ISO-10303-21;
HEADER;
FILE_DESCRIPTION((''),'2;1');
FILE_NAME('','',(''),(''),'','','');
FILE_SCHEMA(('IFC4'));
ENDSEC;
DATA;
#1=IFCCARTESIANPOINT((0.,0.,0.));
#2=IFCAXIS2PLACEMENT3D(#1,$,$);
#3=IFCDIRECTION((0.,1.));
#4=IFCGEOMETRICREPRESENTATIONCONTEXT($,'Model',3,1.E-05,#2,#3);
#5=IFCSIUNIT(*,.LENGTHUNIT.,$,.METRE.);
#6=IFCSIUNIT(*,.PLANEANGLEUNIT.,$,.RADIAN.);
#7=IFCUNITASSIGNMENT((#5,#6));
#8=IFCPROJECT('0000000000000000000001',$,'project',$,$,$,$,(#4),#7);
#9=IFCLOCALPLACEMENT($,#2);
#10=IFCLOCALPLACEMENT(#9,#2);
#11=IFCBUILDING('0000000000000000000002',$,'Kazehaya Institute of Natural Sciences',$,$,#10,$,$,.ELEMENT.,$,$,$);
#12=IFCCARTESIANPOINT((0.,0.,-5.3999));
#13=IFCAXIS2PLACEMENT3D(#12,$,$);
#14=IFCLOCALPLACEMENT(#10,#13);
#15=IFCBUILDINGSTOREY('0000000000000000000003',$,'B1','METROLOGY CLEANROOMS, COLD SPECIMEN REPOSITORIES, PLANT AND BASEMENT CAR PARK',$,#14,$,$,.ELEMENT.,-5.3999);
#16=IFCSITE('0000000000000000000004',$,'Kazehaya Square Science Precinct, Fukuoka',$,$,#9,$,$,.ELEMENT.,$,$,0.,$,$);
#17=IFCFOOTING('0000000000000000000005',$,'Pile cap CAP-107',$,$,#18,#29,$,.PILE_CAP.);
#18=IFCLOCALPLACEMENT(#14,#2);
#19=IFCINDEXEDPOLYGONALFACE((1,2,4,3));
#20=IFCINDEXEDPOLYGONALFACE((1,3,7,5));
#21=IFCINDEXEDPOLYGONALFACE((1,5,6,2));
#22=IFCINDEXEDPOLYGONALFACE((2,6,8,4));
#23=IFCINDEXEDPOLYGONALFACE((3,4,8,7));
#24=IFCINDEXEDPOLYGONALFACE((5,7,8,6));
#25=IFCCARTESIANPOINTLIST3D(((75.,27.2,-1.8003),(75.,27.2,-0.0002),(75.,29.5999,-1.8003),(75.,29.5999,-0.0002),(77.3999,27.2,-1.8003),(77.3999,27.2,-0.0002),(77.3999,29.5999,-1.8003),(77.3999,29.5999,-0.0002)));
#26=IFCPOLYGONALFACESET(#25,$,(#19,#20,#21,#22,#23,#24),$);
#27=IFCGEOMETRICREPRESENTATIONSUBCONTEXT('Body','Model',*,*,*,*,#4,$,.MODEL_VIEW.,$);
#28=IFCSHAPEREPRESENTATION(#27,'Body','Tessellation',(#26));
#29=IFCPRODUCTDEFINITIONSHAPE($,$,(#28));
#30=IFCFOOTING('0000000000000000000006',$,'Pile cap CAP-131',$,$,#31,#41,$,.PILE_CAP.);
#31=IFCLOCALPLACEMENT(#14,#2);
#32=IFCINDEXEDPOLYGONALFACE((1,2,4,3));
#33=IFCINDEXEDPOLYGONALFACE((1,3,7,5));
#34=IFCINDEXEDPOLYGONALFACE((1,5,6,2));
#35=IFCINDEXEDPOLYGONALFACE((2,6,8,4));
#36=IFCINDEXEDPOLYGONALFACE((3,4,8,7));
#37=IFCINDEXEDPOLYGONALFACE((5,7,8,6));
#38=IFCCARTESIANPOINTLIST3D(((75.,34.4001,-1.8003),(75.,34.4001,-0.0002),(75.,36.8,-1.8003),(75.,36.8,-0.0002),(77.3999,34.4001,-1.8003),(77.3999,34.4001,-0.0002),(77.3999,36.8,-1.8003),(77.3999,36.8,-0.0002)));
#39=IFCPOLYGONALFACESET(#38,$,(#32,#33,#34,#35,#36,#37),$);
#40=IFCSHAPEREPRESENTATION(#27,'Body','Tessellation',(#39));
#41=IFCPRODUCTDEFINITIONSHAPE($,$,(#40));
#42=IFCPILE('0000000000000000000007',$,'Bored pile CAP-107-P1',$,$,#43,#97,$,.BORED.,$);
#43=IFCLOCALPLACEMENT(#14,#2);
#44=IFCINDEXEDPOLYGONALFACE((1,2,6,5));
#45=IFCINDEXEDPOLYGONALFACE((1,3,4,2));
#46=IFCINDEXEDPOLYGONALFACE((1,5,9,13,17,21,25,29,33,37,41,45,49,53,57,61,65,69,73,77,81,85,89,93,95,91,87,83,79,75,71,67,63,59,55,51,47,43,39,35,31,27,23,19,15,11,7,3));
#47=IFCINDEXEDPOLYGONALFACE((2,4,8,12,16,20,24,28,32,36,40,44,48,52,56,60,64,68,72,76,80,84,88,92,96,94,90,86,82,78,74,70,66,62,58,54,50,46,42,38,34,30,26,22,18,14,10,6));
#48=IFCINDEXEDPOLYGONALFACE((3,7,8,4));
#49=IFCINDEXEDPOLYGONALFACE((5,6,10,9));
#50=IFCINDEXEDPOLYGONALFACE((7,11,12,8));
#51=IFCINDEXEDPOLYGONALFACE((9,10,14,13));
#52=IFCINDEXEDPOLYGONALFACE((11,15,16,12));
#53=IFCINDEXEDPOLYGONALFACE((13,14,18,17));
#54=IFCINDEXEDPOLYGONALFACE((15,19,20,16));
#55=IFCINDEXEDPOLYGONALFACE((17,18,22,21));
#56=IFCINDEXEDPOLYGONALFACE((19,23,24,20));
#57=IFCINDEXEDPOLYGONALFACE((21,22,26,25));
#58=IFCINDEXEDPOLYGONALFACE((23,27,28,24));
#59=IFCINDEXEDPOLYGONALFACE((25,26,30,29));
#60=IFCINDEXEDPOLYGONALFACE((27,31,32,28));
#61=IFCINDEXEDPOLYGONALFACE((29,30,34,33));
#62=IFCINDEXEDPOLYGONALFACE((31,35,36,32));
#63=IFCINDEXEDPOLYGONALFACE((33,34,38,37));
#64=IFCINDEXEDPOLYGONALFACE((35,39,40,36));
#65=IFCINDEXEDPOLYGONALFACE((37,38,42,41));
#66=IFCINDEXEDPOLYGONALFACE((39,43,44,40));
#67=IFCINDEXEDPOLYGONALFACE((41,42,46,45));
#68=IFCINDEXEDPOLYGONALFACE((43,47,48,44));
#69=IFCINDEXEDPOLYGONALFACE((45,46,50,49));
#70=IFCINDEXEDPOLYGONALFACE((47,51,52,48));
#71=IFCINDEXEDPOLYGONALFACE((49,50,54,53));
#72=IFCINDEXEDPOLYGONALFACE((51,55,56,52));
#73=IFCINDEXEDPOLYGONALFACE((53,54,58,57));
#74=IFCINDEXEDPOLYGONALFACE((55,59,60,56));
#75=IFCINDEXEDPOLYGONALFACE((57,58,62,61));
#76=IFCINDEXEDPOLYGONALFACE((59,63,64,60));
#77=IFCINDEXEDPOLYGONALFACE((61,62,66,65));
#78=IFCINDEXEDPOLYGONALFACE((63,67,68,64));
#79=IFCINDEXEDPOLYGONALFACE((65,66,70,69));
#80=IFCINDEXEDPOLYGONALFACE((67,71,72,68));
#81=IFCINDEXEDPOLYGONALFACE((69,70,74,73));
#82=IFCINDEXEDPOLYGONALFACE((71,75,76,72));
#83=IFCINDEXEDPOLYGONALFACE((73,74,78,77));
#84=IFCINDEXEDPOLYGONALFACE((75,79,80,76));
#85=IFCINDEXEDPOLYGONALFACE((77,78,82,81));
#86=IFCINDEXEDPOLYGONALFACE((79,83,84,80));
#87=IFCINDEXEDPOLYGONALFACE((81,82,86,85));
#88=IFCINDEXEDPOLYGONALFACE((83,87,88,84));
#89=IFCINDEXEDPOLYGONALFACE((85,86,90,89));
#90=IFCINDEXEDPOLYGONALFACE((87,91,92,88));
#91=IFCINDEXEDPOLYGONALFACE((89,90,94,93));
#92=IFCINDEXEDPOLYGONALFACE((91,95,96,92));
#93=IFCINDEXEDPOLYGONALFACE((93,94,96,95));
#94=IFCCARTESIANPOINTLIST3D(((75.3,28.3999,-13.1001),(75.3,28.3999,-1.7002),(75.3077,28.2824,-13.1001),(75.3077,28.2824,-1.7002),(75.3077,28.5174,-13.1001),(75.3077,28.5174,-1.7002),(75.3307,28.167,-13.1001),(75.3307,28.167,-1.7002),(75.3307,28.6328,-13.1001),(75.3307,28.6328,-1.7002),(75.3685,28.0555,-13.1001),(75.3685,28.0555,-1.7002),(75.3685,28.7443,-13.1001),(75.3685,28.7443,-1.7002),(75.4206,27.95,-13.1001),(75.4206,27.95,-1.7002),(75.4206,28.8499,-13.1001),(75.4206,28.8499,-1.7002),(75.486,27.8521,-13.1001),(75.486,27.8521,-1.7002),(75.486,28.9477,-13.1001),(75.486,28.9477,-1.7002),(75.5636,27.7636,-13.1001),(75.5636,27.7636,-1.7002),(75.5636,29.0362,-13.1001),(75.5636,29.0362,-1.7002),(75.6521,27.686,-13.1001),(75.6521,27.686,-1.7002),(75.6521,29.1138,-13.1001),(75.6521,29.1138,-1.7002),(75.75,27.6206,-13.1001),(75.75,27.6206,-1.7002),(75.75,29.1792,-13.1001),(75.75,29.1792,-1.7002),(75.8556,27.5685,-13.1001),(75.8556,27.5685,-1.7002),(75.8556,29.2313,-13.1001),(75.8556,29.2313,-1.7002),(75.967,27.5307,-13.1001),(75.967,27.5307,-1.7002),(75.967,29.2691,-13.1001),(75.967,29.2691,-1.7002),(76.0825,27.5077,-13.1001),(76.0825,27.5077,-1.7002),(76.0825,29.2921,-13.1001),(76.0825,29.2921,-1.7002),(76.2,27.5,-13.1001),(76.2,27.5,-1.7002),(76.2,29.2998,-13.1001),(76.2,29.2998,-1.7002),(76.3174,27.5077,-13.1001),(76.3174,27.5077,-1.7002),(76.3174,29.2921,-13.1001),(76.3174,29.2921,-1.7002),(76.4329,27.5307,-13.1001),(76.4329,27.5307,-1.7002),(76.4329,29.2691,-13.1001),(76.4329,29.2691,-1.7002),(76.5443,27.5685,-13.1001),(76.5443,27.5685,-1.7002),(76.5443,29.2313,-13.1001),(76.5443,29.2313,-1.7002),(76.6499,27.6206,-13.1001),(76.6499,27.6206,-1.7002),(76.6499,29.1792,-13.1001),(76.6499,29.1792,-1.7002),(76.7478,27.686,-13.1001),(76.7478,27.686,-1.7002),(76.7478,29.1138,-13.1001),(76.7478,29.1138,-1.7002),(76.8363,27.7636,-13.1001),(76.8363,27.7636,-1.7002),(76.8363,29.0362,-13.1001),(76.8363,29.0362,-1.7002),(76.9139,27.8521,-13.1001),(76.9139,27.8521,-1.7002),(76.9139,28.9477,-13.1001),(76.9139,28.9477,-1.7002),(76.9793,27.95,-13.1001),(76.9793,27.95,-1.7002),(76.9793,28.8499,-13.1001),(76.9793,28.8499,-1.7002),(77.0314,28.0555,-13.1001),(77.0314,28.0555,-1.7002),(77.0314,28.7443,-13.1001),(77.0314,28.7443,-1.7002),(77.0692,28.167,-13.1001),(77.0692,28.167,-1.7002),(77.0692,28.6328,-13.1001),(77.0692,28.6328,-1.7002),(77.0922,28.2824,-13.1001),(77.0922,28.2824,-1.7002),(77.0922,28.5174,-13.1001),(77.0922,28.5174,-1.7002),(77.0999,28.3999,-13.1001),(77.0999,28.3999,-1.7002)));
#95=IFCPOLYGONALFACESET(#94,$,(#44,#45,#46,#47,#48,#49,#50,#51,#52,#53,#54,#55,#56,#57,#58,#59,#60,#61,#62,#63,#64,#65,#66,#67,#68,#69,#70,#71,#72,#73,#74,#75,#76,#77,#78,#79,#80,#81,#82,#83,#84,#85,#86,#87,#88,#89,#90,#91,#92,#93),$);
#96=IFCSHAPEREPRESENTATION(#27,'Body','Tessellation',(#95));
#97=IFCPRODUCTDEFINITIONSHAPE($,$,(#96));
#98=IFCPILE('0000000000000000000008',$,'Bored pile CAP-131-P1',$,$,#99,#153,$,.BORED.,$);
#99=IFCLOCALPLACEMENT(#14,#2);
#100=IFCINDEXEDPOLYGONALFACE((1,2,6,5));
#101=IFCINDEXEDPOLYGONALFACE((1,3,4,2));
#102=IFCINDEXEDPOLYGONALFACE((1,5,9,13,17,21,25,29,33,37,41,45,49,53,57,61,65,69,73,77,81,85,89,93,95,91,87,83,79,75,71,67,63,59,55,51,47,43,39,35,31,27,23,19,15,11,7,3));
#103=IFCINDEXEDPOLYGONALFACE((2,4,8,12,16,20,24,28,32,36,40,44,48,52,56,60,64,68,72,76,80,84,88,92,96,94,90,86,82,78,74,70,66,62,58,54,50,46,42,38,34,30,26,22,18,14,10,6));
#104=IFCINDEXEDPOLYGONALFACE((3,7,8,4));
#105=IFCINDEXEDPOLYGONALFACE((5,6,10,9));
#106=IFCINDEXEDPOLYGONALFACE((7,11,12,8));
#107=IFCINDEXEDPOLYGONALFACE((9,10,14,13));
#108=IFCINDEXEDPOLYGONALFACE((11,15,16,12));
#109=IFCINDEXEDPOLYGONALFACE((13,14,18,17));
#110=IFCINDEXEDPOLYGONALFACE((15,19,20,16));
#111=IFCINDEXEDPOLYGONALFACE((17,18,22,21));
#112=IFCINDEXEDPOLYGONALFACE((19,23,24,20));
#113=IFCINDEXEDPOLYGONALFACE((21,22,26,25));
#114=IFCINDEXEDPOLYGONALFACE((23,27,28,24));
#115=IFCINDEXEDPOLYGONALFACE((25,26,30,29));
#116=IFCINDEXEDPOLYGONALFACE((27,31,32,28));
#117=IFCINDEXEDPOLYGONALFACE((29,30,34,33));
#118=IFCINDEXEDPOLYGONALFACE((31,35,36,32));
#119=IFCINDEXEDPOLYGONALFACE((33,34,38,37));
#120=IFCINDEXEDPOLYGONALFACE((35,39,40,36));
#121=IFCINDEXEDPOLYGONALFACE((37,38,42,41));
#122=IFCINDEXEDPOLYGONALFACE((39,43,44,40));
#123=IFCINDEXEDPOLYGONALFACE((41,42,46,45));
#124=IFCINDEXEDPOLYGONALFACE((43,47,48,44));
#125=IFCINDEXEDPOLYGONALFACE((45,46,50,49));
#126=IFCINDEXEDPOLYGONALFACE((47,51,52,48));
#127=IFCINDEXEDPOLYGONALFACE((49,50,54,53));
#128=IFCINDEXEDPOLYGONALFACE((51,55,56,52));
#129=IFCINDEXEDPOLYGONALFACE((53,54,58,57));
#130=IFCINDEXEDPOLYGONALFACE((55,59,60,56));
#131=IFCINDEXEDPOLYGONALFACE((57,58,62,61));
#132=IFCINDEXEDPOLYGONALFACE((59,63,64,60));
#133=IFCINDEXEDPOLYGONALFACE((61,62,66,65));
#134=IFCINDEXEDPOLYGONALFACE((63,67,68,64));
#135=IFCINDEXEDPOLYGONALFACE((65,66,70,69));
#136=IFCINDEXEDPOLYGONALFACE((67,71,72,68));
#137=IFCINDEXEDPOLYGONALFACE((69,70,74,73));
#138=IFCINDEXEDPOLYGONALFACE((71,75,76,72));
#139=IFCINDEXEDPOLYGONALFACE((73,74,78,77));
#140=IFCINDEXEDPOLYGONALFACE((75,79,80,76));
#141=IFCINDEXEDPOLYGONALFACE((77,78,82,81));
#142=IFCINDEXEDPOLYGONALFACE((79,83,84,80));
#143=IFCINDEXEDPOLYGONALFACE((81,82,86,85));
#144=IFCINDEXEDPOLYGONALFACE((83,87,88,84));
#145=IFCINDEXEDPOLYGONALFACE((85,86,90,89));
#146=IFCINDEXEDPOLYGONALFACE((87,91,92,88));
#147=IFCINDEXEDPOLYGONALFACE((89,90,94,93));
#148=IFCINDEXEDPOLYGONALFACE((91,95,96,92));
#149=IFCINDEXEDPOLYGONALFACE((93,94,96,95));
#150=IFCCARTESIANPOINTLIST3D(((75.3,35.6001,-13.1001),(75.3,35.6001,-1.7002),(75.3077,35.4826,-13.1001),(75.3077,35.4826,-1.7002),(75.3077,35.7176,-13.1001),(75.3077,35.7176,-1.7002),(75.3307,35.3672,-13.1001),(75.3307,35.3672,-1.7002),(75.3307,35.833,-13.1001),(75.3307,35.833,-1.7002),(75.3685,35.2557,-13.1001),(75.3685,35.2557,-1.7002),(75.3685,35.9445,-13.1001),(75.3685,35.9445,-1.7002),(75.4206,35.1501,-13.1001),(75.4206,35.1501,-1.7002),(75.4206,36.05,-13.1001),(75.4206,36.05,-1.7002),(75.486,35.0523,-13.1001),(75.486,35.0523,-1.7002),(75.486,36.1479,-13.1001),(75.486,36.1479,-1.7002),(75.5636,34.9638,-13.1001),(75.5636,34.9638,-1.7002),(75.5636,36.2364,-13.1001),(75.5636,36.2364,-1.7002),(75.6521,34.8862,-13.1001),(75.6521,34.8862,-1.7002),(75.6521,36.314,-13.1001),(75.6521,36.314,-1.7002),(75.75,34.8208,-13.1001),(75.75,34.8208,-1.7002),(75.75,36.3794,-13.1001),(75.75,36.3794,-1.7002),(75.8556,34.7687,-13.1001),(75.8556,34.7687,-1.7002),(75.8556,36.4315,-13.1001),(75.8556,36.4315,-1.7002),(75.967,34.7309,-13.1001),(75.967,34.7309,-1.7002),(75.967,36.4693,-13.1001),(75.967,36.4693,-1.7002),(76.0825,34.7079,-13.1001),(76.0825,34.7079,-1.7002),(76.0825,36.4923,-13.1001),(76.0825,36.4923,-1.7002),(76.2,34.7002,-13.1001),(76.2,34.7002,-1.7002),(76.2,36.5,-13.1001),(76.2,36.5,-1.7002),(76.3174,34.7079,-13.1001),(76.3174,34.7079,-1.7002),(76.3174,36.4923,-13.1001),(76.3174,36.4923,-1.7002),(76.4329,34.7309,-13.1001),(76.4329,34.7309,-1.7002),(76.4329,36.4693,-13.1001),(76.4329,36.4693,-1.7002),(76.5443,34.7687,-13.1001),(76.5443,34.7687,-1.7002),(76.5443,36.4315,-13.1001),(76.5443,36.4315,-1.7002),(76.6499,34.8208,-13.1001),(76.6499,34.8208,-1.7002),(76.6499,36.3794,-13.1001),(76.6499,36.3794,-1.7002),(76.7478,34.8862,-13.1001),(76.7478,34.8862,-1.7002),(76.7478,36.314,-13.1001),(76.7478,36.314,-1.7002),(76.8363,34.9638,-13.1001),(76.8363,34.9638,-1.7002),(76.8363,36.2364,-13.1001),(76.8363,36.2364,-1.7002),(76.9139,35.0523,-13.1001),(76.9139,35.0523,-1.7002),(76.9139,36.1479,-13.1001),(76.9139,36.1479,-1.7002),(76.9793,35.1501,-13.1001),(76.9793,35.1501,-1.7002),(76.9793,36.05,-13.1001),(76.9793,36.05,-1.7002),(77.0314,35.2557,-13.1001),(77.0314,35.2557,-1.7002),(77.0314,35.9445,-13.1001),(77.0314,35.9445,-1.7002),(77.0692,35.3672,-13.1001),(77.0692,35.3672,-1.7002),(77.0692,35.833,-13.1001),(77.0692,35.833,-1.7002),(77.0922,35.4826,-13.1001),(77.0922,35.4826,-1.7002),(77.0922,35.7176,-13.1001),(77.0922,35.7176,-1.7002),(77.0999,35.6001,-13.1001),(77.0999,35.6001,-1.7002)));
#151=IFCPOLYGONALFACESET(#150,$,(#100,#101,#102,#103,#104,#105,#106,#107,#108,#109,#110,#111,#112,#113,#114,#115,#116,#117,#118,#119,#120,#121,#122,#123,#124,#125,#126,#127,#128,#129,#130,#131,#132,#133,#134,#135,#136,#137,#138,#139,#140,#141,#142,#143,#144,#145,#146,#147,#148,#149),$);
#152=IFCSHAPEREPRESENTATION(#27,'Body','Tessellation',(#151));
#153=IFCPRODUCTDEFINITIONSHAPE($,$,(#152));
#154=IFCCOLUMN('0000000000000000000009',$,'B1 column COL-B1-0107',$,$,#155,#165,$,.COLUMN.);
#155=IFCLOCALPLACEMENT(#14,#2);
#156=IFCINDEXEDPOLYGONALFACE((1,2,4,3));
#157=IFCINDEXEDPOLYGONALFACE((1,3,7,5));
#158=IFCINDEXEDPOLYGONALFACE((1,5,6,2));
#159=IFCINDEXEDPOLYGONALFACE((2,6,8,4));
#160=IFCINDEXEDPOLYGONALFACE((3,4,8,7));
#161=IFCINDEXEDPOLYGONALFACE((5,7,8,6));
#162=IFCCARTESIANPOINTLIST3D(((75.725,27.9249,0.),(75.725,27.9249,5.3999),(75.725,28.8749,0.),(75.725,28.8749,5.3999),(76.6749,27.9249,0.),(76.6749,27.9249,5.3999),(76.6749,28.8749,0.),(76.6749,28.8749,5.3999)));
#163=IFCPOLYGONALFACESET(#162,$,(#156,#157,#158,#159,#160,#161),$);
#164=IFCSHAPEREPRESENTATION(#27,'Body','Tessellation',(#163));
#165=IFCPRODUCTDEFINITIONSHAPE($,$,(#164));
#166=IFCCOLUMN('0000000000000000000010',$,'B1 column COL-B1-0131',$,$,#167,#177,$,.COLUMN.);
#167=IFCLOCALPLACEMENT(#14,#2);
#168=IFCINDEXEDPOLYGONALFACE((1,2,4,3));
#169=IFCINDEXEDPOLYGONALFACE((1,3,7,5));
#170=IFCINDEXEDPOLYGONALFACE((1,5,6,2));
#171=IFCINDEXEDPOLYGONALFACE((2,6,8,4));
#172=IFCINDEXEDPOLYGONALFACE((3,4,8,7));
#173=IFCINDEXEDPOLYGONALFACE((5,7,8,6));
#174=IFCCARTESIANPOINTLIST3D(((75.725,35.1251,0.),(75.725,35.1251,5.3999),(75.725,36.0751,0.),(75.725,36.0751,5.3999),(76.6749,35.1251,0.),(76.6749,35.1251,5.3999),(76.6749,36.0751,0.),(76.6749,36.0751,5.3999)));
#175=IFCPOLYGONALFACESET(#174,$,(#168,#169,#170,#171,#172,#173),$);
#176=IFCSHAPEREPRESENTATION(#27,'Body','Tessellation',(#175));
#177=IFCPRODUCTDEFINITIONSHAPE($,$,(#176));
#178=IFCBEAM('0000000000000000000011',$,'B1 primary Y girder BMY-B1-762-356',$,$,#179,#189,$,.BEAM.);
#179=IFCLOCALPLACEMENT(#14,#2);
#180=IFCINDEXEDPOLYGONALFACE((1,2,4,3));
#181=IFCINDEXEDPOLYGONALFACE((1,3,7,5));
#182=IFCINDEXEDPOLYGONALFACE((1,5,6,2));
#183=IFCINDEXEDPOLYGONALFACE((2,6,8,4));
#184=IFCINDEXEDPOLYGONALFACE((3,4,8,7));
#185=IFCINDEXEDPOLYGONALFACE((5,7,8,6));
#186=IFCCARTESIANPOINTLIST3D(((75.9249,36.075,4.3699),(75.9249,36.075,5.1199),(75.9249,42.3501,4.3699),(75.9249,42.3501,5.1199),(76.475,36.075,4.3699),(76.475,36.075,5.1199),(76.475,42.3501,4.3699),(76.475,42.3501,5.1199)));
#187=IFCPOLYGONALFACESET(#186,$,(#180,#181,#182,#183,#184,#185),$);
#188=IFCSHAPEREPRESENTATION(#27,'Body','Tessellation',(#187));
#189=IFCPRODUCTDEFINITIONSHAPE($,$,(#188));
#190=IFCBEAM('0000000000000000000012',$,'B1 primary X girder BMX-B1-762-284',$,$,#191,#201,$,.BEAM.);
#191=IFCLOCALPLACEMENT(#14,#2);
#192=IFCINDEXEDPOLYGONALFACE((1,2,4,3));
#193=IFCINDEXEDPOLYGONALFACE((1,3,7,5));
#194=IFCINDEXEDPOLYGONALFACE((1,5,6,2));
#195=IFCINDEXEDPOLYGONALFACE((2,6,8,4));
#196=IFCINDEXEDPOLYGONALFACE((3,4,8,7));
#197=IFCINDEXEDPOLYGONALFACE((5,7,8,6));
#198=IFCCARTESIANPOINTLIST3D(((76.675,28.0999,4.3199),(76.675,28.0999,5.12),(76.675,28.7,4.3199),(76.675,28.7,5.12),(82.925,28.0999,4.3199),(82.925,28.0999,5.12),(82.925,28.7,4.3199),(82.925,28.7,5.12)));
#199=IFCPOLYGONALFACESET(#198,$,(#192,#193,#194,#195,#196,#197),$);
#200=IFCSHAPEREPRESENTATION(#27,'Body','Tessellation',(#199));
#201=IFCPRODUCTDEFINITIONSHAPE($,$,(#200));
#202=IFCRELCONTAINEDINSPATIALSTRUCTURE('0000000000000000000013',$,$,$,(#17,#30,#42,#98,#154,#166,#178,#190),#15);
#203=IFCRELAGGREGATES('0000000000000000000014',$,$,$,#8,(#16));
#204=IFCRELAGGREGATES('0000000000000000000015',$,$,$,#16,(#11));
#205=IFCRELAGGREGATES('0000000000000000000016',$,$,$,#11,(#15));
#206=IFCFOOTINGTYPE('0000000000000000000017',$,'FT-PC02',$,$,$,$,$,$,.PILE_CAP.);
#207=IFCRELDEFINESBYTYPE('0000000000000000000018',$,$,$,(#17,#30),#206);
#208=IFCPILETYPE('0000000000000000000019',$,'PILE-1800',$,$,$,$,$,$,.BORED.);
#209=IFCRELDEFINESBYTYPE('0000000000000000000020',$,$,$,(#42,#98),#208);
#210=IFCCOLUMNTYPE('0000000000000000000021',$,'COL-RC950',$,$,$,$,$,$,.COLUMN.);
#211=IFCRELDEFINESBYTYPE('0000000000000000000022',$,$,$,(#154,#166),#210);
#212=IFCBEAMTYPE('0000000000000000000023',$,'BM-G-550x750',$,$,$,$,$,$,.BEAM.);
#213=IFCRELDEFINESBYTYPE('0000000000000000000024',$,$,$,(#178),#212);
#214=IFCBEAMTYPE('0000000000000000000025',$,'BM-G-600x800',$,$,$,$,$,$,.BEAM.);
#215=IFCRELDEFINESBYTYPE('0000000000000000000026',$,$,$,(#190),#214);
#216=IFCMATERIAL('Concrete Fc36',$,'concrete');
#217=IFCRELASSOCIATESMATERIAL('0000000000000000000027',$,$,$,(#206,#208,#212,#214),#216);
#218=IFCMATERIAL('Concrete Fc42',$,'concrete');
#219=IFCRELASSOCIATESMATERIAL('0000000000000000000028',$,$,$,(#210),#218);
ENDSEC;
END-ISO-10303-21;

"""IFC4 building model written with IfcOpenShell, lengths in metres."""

from ifc_helpers import new_model, si_unit, direction, frame, origin, origin_2d, place, context, subcontext, project, spatial, rectangle, circle, extrude, material, material_profile, profile_set, type_object, element, save


model = new_model("IFC4")

# Units and contexts
model_context = context("Model", 3, precision=1e-05, world=origin(), true_north=direction((0.0, 1.0)))
body_context = subcontext(model_context, "Body", "Model", "MODEL_VIEW")
ifc_project = project(units=[si_unit("LENGTHUNIT", "METRE"), si_unit("PLANEANGLEUNIT", "RADIAN")], contexts=[model_context])

# Site, building, storey
site_placement = place(None, origin())
site = spatial("IfcSite", under=ifc_project, at=site_placement, Name="Kazehaya Square Science Precinct, Fukuoka", CompositionType="ELEMENT", RefElevation=0.0)
building_placement = place(site_placement, origin())
building = spatial("IfcBuilding", under=site, at=building_placement, Name="Kazehaya Institute of Natural Sciences", CompositionType="ELEMENT")
storey_placement = place(building_placement, frame((0.0, 0.0, -5.3999)))
storey = spatial("IfcBuildingStorey", under=building, at=storey_placement, Name="B1", Description="METROLOGY CLEANROOMS, COLD SPECIMEN REPOSITORIES, PLANT AND BASEMENT CAR PARK", CompositionType="ELEMENT", Elevation=-5.3999)

# Footings
ifc_material_1 = material(Name="Concrete Fc36", Category="concrete")
footing_type = type_object("IfcFootingType", Name="FT-PC02", PredefinedType="PILE_CAP", material=ifc_material_1)
for number, where, z_axis, x_axis, name in (
    (1, (76.2, 28.3999, -1.8003), (0.0, 0.0, 1.0), (1.0, 0.0, 0.0), "Pile cap CAP-107"),
    (2, (76.2, 35.6001, -1.8003), (0.0, 0.0, 1.0), (1.0, 0.0, 0.0), "Pile cap CAP-131"),
):
    element("IfcFooting", number, at=place(storey_placement, frame(where, z_axis=z_axis, x_axis=x_axis)), inside=storey, type_object=footing_type, Name=name, PredefinedType="PILE_CAP", context=body_context, shape_type="SweptSolid", body=[
        extrude(rectangle(XDim=2.3999, YDim=2.3999, at=origin_2d()), origin(), (0.0, 0.0, 1.0), 1.8),
    ])

# Piles
ifc_material_profile_1 = material_profile(ifc_material_1, circle(Radius=0.8999, at=origin_2d()), Name="PILE-1800")
ifc_profile_set_1 = profile_set([ifc_material_profile_1], Name="Concrete Fc36")
pile_type = type_object("IfcPileType", Name="PILE-1800", PredefinedType="BORED", material=ifc_profile_set_1)
for number, where, z_axis, x_axis, name in (
    (3, (76.2, 28.3999, -1.7002), (0.0, 0.0, -1.0), (1.0, 0.0, 0.0), "Bored pile CAP-107-P1"),
    (4, (76.2, 35.6001, -1.7002), (0.0, 0.0, -1.0), (1.0, 0.0, 0.0), "Bored pile CAP-131-P1"),
):
    element("IfcPile", number, at=place(storey_placement, frame(where, z_axis=z_axis, x_axis=x_axis)), inside=storey, type_object=pile_type, Name=name, PredefinedType="BORED", context=body_context, shape_type="SweptSolid", body=[
        extrude(circle(Radius=0.8999, at=origin_2d()), origin(), (0.0, 0.0, 1.0), 11.3999),
    ])

# Columns
ifc_material_2 = material(Name="Concrete Fc42", Category="concrete")
ifc_material_profile_2 = material_profile(ifc_material_2, rectangle(XDim=0.95, YDim=0.95, at=origin_2d()), Name="RC-950x950")
ifc_profile_set_2 = profile_set([ifc_material_profile_2], Name="Concrete Fc42")
column_type = type_object("IfcColumnType", Name="COL-RC950", PredefinedType="COLUMN", material=ifc_profile_set_2)
for number, where, z_axis, x_axis, name in (
    (5, (76.2, 28.3999, 0.0), (0.0, 0.0, 1.0), (1.0, 0.0, 0.0), "B1 column COL-B1-0107"),
    (6, (76.2, 35.6001, 0.0), (0.0, 0.0, 1.0), (1.0, 0.0, 0.0), "B1 column COL-B1-0131"),
):
    element("IfcColumn", number, at=place(storey_placement, frame(where, z_axis=z_axis, x_axis=x_axis)), inside=storey, type_object=column_type, Name=name, PredefinedType="COLUMN", context=body_context, shape_type="SweptSolid", body=[
        extrude(rectangle(XDim=0.95, YDim=0.95, at=origin_2d()), origin(), (0.0, 0.0, 1.0), 5.3999),
    ])

# Beams
ifc_material_profile_3 = material_profile(ifc_material_1, rectangle(XDim=0.55, YDim=0.75, at=origin_2d()), Name="RC-550x750")
ifc_profile_set_3 = profile_set([ifc_material_profile_3], Name="Concrete Fc36")
beam_type_1 = type_object("IfcBeamType", Name="BM-G-550x750", PredefinedType="BEAM", material=ifc_profile_set_3)
beam_1_placement = place(storey_placement, frame((76.2, 36.075, 4.7449), z_axis=(0.0, 1.0, 0.0), x_axis=(-1.0, 0.0, 0.0)))
element("IfcBeam", 7, at=beam_1_placement, inside=storey, type_object=beam_type_1, Name="B1 primary Y girder BMY-B1-762-356", PredefinedType="BEAM", context=body_context, shape_type="SweptSolid", body=[
    extrude(rectangle(XDim=0.55, YDim=0.75, at=origin_2d()), origin(), (0.0, 0.0, 1.0), 6.2751),
])
ifc_material_profile_4 = material_profile(ifc_material_1, rectangle(XDim=0.6001, YDim=0.8, at=origin_2d()), Name="RC-600x800")
ifc_profile_set_4 = profile_set([ifc_material_profile_4], Name="Concrete Fc36")
beam_type_2 = type_object("IfcBeamType", Name="BM-G-600x800", PredefinedType="BEAM", material=ifc_profile_set_4)
for number, where, z_axis, x_axis, name in (
    (8, (76.675, 28.3999, 4.72), (1.0, 0.0, 0.0), (0.0, 1.0, 0.0), "B1 primary X girder BMX-B1-762-284"),
):
    element("IfcBeam", number, at=place(storey_placement, frame(where, z_axis=z_axis, x_axis=x_axis)), inside=storey, type_object=beam_type_2, Name=name, PredefinedType="BEAM", context=body_context, shape_type="SweptSolid", body=[
        extrude(rectangle(XDim=0.6001, YDim=0.8, at=origin_2d()), origin(), (0.0, 0.0, 1.0), 6.25),
    ])

save(model, "model.ifc")
